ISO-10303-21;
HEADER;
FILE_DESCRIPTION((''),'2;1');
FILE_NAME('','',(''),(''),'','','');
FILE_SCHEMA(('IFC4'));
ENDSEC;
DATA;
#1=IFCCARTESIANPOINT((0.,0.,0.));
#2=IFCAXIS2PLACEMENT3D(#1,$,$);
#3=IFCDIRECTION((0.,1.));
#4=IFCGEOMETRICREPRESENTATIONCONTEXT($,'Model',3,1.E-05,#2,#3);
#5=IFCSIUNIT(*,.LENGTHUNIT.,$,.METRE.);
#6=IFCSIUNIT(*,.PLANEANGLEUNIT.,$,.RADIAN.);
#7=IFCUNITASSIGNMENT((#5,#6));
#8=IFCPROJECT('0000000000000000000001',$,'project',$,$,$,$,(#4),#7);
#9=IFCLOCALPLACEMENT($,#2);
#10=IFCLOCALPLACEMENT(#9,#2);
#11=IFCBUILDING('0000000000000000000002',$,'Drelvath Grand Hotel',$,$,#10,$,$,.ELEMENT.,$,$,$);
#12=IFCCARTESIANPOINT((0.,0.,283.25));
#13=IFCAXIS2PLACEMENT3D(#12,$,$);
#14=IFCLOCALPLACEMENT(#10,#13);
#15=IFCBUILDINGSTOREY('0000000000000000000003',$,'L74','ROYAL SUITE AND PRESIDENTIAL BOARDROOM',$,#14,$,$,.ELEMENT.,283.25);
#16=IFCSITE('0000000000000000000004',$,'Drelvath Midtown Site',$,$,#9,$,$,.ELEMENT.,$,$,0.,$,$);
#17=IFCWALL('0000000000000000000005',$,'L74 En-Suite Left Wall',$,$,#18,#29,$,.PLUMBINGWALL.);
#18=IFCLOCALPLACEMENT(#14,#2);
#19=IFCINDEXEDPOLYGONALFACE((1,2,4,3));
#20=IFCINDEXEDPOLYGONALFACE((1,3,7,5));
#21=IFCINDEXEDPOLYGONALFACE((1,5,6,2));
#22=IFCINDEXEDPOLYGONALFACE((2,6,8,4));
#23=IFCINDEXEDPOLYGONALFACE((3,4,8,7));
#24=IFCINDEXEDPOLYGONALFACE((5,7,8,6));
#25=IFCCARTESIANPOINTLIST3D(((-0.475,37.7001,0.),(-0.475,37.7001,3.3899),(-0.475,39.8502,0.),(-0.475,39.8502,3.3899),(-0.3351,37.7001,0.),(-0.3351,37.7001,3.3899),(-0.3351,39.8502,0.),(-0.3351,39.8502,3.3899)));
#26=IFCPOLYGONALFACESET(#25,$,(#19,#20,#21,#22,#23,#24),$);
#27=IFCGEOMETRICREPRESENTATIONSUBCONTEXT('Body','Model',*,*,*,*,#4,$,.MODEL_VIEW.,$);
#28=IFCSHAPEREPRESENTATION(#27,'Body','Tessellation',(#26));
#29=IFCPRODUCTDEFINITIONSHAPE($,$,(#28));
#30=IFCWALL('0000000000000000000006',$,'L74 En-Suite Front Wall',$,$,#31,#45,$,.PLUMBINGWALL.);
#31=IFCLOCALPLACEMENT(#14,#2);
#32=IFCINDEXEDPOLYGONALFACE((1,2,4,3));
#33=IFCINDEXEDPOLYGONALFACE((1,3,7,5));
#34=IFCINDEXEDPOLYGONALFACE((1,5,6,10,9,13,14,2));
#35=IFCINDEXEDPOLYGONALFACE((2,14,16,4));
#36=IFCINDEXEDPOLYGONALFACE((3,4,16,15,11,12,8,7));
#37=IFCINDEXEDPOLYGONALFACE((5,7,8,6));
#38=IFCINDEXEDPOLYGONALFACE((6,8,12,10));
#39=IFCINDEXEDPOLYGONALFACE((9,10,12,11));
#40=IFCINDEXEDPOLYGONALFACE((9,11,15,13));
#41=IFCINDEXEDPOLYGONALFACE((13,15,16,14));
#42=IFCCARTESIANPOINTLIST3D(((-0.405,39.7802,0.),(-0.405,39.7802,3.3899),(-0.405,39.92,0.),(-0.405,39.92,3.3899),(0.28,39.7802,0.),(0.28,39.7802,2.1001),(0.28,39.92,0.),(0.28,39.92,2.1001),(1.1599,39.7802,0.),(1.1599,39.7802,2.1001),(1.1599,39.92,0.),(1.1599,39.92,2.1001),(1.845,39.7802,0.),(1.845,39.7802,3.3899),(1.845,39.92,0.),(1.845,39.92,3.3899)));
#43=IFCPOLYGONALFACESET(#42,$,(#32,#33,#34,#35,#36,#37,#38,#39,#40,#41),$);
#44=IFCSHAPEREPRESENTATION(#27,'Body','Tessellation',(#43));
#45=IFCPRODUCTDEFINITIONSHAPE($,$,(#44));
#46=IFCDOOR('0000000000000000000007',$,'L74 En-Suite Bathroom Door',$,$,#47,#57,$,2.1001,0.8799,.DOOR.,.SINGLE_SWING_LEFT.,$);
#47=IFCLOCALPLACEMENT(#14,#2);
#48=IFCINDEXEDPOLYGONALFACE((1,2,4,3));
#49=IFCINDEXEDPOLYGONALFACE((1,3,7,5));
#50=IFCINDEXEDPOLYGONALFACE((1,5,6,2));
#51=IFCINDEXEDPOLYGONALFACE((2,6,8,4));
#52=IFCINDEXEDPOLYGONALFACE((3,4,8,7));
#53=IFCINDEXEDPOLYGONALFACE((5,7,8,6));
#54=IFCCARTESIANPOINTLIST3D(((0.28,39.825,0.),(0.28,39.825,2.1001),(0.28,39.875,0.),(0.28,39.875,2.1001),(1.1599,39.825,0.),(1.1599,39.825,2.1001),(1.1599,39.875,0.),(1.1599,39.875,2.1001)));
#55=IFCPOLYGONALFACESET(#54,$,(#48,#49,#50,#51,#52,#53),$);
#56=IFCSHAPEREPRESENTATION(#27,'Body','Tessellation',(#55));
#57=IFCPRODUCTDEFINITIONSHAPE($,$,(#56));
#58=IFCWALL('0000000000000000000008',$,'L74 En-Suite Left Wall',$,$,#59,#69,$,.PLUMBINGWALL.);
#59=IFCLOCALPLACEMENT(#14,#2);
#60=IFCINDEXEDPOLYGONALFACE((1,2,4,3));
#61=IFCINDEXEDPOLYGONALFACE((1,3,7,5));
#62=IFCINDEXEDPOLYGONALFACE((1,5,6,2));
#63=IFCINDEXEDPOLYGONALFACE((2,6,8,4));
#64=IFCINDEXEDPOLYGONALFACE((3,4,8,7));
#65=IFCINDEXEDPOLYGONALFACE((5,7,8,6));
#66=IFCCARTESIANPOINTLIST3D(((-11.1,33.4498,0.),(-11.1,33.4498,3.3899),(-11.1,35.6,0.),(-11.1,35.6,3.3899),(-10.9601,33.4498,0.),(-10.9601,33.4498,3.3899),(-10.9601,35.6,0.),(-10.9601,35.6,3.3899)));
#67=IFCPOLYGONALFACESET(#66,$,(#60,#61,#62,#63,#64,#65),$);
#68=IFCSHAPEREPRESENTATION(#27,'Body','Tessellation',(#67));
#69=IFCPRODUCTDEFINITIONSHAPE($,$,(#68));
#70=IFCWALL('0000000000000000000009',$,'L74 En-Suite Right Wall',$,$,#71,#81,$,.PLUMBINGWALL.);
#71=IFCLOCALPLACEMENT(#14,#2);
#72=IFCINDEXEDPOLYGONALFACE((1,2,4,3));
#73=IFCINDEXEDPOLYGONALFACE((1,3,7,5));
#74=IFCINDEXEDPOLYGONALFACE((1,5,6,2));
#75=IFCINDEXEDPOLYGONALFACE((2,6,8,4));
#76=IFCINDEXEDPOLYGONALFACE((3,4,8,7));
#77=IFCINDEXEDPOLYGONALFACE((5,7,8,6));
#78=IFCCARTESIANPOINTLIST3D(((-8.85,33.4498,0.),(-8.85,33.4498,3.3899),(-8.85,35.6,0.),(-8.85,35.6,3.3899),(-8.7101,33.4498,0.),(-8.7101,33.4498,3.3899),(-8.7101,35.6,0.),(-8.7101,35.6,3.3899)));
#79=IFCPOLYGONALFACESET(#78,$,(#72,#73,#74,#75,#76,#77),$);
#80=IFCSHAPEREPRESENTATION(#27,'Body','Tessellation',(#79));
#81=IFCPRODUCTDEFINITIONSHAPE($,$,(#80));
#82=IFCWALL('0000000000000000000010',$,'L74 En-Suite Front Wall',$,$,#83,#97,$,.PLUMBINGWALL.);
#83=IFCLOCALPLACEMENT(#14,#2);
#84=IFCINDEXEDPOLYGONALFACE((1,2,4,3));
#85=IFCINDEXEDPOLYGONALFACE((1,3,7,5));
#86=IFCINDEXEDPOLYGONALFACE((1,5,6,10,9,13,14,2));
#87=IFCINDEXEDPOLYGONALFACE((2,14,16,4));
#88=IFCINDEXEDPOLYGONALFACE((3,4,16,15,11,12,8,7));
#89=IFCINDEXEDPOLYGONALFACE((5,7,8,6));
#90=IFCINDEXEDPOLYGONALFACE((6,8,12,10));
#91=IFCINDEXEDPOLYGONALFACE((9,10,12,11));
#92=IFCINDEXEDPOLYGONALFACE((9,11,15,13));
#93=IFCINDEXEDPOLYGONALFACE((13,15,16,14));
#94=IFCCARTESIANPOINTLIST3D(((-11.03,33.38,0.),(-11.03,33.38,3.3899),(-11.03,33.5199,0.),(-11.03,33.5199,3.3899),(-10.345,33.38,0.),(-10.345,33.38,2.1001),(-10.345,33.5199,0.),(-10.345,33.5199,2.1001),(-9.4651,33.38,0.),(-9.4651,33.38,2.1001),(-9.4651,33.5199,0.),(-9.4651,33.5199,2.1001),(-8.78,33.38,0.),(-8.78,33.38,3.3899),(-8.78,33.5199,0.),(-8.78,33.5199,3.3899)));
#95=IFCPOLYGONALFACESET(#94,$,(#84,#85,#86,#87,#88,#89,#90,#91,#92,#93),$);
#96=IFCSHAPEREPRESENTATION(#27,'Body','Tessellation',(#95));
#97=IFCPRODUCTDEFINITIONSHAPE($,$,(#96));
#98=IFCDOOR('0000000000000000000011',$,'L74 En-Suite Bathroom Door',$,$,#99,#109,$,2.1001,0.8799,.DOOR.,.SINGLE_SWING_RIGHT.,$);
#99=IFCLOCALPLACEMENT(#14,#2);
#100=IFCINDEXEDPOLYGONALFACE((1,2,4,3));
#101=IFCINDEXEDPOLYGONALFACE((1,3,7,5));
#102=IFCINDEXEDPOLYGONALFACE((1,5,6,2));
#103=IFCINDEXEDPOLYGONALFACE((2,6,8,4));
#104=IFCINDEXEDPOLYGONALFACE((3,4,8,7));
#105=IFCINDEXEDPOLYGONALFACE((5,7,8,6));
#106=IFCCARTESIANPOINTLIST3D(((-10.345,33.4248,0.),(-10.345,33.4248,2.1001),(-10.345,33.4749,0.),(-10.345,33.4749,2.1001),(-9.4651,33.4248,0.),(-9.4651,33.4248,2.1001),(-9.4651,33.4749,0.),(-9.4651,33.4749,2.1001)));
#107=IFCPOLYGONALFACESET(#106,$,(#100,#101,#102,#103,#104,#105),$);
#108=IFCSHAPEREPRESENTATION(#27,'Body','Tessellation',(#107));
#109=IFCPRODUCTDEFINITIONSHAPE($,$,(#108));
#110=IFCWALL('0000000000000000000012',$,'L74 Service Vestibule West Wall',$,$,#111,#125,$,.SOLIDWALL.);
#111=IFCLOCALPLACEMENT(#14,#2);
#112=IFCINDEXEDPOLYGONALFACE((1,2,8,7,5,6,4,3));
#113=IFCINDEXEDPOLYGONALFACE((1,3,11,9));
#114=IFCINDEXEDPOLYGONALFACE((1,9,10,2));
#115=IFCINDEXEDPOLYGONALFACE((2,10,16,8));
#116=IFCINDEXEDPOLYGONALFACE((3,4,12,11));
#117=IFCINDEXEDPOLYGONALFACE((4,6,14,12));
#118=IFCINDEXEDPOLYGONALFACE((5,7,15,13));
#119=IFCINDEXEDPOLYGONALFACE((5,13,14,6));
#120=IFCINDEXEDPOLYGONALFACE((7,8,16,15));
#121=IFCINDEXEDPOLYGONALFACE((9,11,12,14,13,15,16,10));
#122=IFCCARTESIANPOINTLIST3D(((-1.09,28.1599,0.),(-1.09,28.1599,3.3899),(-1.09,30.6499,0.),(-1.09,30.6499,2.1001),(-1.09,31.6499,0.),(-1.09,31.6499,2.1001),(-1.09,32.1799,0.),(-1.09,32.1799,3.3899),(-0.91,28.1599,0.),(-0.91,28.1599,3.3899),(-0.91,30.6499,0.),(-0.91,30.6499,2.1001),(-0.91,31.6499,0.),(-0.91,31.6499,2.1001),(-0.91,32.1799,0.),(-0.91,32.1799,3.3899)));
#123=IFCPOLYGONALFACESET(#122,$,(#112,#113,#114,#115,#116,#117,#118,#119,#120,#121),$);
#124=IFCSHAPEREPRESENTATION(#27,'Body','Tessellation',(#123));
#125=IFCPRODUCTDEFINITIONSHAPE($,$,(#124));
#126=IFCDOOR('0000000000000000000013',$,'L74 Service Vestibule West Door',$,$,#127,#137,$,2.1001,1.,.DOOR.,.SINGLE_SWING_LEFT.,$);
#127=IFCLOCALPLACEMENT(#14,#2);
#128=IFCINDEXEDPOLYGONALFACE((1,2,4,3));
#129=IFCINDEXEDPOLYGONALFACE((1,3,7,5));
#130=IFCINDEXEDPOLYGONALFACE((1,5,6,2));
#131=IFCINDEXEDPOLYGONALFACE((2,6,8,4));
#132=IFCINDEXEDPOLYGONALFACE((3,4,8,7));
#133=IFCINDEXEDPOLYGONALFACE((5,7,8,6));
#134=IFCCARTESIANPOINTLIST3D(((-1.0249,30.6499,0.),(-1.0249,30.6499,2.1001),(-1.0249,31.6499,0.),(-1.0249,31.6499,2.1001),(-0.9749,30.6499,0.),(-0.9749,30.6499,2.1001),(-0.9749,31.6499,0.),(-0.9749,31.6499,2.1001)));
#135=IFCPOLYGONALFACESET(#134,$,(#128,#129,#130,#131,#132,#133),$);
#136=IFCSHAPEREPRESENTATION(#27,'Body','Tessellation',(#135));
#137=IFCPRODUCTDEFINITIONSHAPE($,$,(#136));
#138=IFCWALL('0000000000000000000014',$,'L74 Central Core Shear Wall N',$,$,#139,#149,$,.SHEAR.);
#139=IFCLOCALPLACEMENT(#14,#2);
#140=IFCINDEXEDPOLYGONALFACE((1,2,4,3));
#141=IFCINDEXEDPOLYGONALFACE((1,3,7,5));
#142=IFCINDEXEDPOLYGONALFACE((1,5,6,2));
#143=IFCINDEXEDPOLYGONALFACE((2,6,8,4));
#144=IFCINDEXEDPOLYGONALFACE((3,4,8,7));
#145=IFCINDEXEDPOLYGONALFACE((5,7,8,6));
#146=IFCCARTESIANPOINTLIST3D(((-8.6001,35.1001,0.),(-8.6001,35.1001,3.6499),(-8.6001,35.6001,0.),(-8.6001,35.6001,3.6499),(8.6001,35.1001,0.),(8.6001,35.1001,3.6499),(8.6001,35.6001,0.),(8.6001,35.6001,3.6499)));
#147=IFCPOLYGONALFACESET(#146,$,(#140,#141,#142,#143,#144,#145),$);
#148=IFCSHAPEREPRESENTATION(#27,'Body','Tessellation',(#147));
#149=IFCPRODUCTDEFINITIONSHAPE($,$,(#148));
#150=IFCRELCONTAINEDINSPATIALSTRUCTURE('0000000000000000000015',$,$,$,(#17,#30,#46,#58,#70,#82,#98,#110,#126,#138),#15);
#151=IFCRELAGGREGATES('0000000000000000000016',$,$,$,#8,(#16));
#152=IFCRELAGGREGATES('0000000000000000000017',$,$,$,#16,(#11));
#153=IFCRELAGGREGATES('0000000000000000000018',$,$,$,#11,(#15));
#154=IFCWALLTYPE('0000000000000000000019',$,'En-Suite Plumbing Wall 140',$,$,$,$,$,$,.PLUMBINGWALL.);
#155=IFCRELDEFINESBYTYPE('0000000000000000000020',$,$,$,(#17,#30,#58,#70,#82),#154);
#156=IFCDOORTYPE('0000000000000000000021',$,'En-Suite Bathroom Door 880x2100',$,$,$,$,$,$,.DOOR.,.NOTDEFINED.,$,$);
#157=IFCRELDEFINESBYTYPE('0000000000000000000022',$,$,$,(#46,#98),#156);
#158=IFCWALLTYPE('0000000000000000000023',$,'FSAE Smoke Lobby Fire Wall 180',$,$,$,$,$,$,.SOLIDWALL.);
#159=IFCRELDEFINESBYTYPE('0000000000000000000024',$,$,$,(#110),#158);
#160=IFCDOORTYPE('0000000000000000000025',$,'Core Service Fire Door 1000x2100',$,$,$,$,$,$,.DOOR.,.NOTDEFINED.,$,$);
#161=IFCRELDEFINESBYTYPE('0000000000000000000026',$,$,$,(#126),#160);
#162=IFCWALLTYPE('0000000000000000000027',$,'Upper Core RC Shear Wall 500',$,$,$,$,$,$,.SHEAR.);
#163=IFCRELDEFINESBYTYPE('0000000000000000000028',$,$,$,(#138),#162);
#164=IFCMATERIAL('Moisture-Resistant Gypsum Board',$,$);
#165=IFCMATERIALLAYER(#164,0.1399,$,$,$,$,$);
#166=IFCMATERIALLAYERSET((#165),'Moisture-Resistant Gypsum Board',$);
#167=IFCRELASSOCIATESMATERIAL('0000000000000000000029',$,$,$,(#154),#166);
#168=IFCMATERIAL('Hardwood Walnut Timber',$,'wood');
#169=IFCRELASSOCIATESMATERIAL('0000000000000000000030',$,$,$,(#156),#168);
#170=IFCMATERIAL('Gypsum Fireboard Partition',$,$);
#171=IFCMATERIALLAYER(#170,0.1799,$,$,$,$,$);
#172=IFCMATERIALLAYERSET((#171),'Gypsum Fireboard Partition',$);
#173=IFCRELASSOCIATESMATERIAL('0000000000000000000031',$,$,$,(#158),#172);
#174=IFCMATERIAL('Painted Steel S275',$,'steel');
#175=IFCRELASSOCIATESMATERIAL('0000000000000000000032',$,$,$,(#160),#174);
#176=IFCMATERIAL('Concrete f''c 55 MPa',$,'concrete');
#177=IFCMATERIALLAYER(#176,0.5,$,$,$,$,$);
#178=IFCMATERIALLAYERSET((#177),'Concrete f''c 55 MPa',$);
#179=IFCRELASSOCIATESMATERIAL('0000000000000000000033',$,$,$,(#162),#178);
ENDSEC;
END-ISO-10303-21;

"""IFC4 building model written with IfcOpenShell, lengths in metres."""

from ifc_helpers import new_model, si_unit, direction, frame, frame_2d, origin, place, context, subcontext, project, spatial, rectangle, extrude, material, layer, layer_set, type_object, element, fill, save


model = new_model("IFC4")

# Units and contexts
model_context = context("Model", 3, precision=1e-05, world=origin(), true_north=direction((0.0, 1.0)))
body_context = subcontext(model_context, "Body", "Model", "MODEL_VIEW")
ifc_project = project(units=[si_unit("LENGTHUNIT", "METRE"), si_unit("PLANEANGLEUNIT", "RADIAN")], contexts=[model_context])

# Site, building, storey
site_placement = place(None, origin())
site = spatial("IfcSite", under=ifc_project, at=site_placement, Name="Drelvath Midtown Site", CompositionType="ELEMENT", RefElevation=0.0)
building_placement = place(site_placement, origin())
building = spatial("IfcBuilding", under=site, at=building_placement, Name="Drelvath Grand Hotel", CompositionType="ELEMENT")
storey_placement = place(building_placement, frame((0.0, 0.0, 283.25)))
storey = spatial("IfcBuildingStorey", under=building, at=storey_placement, Name="L74", Description="ROYAL SUITE AND PRESIDENTIAL BOARDROOM", CompositionType="ELEMENT", Elevation=283.25)

# Shared definitions
ifc_material_1 = material(Name="Concrete f'c 55 MPa", Category="concrete")

# Shared definitions
ifc_material_2 = material(Name="Painted Steel S275", Category="steel")

# Wall
ifc_material_3 = material(Name="Gypsum Fireboard Partition")
ifc_material_4 = material(Name="Moisture-Resistant Gypsum Board")
ifc_layer_1 = layer(ifc_material_4, 0.1399)
ifc_layer_set_1 = layer_set([ifc_layer_1], Name="Moisture-Resistant Gypsum Board")
wall_type_1 = type_object("IfcWallType", Name="En-Suite Plumbing Wall 140", PredefinedType="PLUMBINGWALL", material=ifc_layer_set_1)
wall_1_placement = place(storey_placement, frame((-0.405, 37.7, 0.0), z_axis=(0.0, 0.0, 1.0), x_axis=(0.0, 1.0, 0.0)))
element("IfcWall", 1, at=wall_1_placement, inside=storey, type_object=wall_type_1, Name="L74 En-Suite Left Wall", PredefinedType="PLUMBINGWALL", context=body_context, shape_type="SweptSolid", body=[
    extrude(rectangle(XDim=2.1501, YDim=0.1399, at=frame_2d((1.0752, 0.0))), origin(), (0.0, 0.0, 1.0), 3.3899),
])

# Wall, opening, door
wall_2_placement = place(storey_placement, frame((-0.405, 39.8501, 0.0), z_axis=(0.0, 0.0, 1.0), x_axis=(1.0, 0.0, 0.0)))
wall_2 = element("IfcWall", 2, at=wall_2_placement, inside=storey, type_object=wall_type_1, Name="L74 En-Suite Front Wall", PredefinedType="PLUMBINGWALL", context=body_context, shape_type="SweptSolid", body=[
    extrude(rectangle(XDim=2.25, YDim=0.1399, at=frame_2d((1.125, 0.0))), origin(), (0.0, 0.0, 1.0), 3.3899),
])
opening_1_placement = place(wall_2_placement, frame((0.6851, 0.0, 0.0)))
opening_1 = element("IfcOpeningElement", 3, at=opening_1_placement, cuts=wall_2, PredefinedType="OPENING", context=body_context, shape_type="SweptSolid", body=[
    extrude(rectangle(XDim=0.8799, YDim=2.1001, at=frame_2d((0.4399, 1.05))), frame((0.0, 0.0798, 0.0), z_axis=(0.0, -1.0, 0.0), x_axis=(1.0, 0.0, 0.0)), (0.0, 0.0, 1.0), 0.1599),
])
ifc_material_5 = material(Name="Hardwood Walnut Timber", Category="wood")
door_type_1 = type_object("IfcDoorType", Name="En-Suite Bathroom Door 880x2100", OperationType="NOTDEFINED", PredefinedType="DOOR", material=ifc_material_5)
door_1_placement = place(opening_1_placement, origin())
door_1 = element("IfcDoor", 4, at=door_1_placement, inside=storey, type_object=door_type_1, Name="L74 En-Suite Bathroom Door", OperationType="SINGLE_SWING_LEFT", OverallHeight=2.1001, OverallWidth=0.8799, PredefinedType="DOOR", context=body_context, shape_type="SweptSolid", body=[
    extrude(rectangle(XDim=0.8799, YDim=2.1001, at=frame_2d((0.4399, 1.05))), frame((0.0, 0.0249, 0.0), z_axis=(0.0, -1.0, 0.0), x_axis=(1.0, 0.0, 0.0)), (0.0, 0.0, 1.0), 0.05),
])
fill(opening_1, door_1)

# Walls
for number, where, z_axis, x_axis, name in (
    (5, (-11.03, 35.6001, 0.0), (0.0, 0.0, 1.0), (0.0, -1.0, 0.0), "L74 En-Suite Left Wall"),
    (6, (-8.78, 35.6001, 0.0), (0.0, 0.0, 1.0), (0.0, -1.0, 0.0), "L74 En-Suite Right Wall"),
):
    element("IfcWall", number, at=place(storey_placement, frame(where, z_axis=z_axis, x_axis=x_axis)), inside=storey, type_object=wall_type_1, Name=name, PredefinedType="PLUMBINGWALL", context=body_context, shape_type="SweptSolid", body=[
        extrude(rectangle(XDim=2.1501, YDim=0.1399, at=frame_2d((1.0752, 0.0))), origin(), (0.0, 0.0, 1.0), 3.3899),
    ])

# Walls, openings, doors
wall_3_placement = place(storey_placement, frame((-11.03, 33.45, 0.0), z_axis=(0.0, 0.0, 1.0), x_axis=(1.0, 0.0, 0.0)))
wall_3 = element("IfcWall", 7, at=wall_3_placement, inside=storey, type_object=wall_type_1, Name="L74 En-Suite Front Wall", PredefinedType="PLUMBINGWALL", context=body_context, shape_type="SweptSolid", body=[
    extrude(rectangle(XDim=2.25, YDim=0.1399, at=frame_2d((1.125, 0.0))), origin(), (0.0, 0.0, 1.0), 3.3899),
])
opening_2_placement = place(wall_3_placement, frame((0.6851, 0.0, 0.0)))
opening_2 = element("IfcOpeningElement", 8, at=opening_2_placement, cuts=wall_3, PredefinedType="OPENING", context=body_context, shape_type="SweptSolid", body=[
    extrude(rectangle(XDim=0.8799, YDim=2.1001, at=frame_2d((0.4399, 1.05))), frame((0.0, 0.0798, 0.0), z_axis=(0.0, -1.0, 0.0), x_axis=(1.0, 0.0, 0.0)), (0.0, 0.0, 1.0), 0.1599),
])
door_2_placement = place(opening_2_placement, origin())
door_2 = element("IfcDoor", 9, at=door_2_placement, inside=storey, type_object=door_type_1, Name="L74 En-Suite Bathroom Door", OperationType="SINGLE_SWING_RIGHT", OverallHeight=2.1001, OverallWidth=0.8799, PredefinedType="DOOR", context=body_context, shape_type="SweptSolid", body=[
    extrude(rectangle(XDim=0.8799, YDim=2.1001, at=frame_2d((0.4399, 1.05))), frame((0.0, 0.0249, 0.0), z_axis=(0.0, -1.0, 0.0), x_axis=(1.0, 0.0, 0.0)), (0.0, 0.0, 1.0), 0.05),
])
fill(opening_2, door_2)
ifc_layer_2 = layer(ifc_material_3, 0.1799)
ifc_layer_set_2 = layer_set([ifc_layer_2], Name="Gypsum Fireboard Partition")
wall_type_2 = type_object("IfcWallType", Name="FSAE Smoke Lobby Fire Wall 180", PredefinedType="SOLIDWALL", material=ifc_layer_set_2)
wall_4_placement = place(storey_placement, frame((-1.0, 28.1599, 0.0), z_axis=(0.0, 0.0, 1.0), x_axis=(0.0, 1.0, 0.0)))
wall_4 = element("IfcWall", 10, at=wall_4_placement, inside=storey, type_object=wall_type_2, Name="L74 Service Vestibule West Wall", PredefinedType="SOLIDWALL", context=body_context, shape_type="SweptSolid", body=[
    extrude(rectangle(XDim=4.02, YDim=0.1799, at=frame_2d((2.01, 0.0))), origin(), (0.0, 0.0, 1.0), 3.3899),
])
opening_3_placement = place(wall_4_placement, frame((2.49, 0.0, 0.0)))
opening_3 = element("IfcOpeningElement", 11, at=opening_3_placement, cuts=wall_4, PredefinedType="OPENING", context=body_context, shape_type="SweptSolid", body=[
    extrude(rectangle(XDim=1.0, YDim=2.1001, at=frame_2d((0.5, 1.05))), frame((0.0, 0.0999, 0.0), z_axis=(0.0, -1.0, 0.0), x_axis=(1.0, 0.0, 0.0)), (0.0, 0.0, 1.0), 0.2),
])
door_type_2 = type_object("IfcDoorType", Name="Core Service Fire Door 1000x2100", OperationType="NOTDEFINED", PredefinedType="DOOR", material=ifc_material_2)
door_3_placement = place(opening_3_placement, origin())
door_3 = element("IfcDoor", 12, at=door_3_placement, inside=storey, type_object=door_type_2, Name="L74 Service Vestibule West Door", OperationType="SINGLE_SWING_LEFT", OverallHeight=2.1001, OverallWidth=1.0, PredefinedType="DOOR", context=body_context, shape_type="SweptSolid", body=[
    extrude(rectangle(XDim=1.0, YDim=2.1001, at=frame_2d((0.5, 1.05))), frame((0.0, 0.0249, 0.0), z_axis=(0.0, -1.0, 0.0), x_axis=(1.0, 0.0, 0.0)), (0.0, 0.0, 1.0), 0.05),
])
fill(opening_3, door_3)

# Wall
ifc_layer_3 = layer(ifc_material_1, 0.5)
ifc_layer_set_3 = layer_set([ifc_layer_3], Name="Concrete f'c 55 MPa")
wall_type_3 = type_object("IfcWallType", Name="Upper Core RC Shear Wall 500", PredefinedType="SHEAR", material=ifc_layer_set_3)
wall_5_placement = place(storey_placement, frame((-8.6001, 35.3501, 0.0), z_axis=(0.0, 0.0, 1.0), x_axis=(1.0, 0.0, 0.0)))
element("IfcWall", 13, at=wall_5_placement, inside=storey, type_object=wall_type_3, Name="L74 Central Core Shear Wall N", PredefinedType="SHEAR", context=body_context, shape_type="SweptSolid", body=[
    extrude(rectangle(XDim=17.2002, YDim=0.5, at=frame_2d((8.6001, 0.0))), origin(), (0.0, 0.0, 1.0), 3.6499),
])

save(model, "model.ifc")
